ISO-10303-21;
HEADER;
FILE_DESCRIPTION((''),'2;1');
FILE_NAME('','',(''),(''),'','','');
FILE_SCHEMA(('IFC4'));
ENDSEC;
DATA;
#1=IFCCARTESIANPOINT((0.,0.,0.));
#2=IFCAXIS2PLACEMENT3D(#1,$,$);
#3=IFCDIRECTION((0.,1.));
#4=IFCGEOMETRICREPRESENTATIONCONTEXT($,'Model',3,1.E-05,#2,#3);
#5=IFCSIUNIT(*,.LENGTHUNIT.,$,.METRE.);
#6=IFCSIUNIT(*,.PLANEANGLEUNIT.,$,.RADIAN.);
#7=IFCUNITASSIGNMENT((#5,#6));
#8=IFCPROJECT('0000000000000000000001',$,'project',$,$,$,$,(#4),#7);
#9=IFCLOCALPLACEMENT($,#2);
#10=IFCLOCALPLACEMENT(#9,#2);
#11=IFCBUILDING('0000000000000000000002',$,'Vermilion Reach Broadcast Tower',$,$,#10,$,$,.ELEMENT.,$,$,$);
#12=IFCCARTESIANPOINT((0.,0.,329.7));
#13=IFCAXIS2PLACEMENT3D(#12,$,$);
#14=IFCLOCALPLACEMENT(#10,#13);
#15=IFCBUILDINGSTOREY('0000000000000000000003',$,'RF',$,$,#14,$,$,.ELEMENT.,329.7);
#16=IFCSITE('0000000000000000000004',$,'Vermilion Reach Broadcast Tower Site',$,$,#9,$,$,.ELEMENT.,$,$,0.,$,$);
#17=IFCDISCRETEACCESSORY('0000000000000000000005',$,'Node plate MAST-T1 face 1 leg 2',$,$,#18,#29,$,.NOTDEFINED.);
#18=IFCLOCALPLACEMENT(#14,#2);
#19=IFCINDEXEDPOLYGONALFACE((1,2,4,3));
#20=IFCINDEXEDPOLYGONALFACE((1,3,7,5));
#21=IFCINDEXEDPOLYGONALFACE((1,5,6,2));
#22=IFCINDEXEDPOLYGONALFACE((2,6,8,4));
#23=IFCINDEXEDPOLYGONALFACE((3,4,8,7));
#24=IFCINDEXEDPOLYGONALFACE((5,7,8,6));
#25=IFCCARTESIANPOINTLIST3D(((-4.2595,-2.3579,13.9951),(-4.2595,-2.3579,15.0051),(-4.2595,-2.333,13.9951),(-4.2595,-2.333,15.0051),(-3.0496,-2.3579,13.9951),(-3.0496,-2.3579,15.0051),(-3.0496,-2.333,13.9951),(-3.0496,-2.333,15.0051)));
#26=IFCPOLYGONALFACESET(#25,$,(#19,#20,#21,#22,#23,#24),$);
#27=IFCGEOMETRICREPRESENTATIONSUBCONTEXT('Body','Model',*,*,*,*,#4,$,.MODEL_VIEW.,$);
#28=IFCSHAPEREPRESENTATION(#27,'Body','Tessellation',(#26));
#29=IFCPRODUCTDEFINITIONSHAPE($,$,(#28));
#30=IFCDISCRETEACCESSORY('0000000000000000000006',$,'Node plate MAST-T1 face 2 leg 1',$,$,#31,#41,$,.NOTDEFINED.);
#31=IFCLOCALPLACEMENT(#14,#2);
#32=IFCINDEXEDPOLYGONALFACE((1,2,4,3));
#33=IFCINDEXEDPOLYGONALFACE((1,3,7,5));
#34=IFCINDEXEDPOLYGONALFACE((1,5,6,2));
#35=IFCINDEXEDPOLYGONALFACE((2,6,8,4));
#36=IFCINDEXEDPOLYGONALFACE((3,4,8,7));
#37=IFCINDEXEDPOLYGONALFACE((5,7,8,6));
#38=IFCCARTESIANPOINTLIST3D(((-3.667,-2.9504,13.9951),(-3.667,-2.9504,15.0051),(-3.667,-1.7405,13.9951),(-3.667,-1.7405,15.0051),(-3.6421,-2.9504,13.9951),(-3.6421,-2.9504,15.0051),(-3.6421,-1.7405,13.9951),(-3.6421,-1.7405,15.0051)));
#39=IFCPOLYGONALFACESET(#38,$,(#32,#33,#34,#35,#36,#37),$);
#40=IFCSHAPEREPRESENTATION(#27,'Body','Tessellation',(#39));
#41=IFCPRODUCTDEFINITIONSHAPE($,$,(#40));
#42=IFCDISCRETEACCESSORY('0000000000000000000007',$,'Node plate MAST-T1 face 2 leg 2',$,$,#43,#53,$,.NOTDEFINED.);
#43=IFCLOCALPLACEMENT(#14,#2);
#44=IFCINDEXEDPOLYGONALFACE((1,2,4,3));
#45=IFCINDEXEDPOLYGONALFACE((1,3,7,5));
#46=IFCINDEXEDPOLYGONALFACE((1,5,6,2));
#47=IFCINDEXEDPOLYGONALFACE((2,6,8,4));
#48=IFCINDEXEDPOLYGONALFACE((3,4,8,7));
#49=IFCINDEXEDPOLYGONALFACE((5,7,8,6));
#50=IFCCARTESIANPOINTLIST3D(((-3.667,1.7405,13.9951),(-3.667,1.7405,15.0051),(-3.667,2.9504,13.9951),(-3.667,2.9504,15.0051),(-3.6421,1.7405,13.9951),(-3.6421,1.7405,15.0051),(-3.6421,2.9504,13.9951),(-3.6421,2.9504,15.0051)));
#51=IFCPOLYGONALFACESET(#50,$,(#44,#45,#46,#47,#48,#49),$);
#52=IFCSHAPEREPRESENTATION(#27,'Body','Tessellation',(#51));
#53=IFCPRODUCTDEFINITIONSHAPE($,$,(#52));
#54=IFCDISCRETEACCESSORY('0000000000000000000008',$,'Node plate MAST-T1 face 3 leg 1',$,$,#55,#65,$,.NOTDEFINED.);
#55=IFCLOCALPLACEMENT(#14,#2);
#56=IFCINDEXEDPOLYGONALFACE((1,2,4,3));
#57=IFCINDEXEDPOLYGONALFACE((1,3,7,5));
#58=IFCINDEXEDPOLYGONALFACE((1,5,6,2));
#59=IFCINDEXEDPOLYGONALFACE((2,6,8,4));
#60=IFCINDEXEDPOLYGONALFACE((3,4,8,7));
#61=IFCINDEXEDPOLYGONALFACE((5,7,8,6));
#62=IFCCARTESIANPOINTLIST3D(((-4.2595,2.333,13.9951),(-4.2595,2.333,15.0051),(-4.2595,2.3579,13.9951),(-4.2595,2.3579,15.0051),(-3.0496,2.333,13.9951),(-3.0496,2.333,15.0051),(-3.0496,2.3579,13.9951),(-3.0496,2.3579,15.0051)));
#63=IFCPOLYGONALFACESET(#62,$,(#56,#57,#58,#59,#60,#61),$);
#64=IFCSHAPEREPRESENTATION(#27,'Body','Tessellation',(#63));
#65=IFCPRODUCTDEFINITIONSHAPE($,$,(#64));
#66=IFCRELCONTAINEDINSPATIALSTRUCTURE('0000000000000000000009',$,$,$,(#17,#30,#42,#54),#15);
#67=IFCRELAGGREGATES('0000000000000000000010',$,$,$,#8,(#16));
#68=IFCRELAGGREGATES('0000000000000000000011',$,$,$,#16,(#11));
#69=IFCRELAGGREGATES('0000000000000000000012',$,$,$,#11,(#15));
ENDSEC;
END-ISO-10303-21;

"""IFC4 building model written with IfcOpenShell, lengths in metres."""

from ifc_helpers import new_model, si_unit, direction, frame, origin, origin_2d, place, context, subcontext, project, spatial, rectangle, extrude, element, save


model = new_model("IFC4")

# Units and contexts
model_context = context("Model", 3, precision=1e-05, world=origin(), true_north=direction((0.0, 1.0)))
body_context = subcontext(model_context, "Body", "Model", "MODEL_VIEW")
ifc_project = project(units=[si_unit("LENGTHUNIT", "METRE"), si_unit("PLANEANGLEUNIT", "RADIAN")], contexts=[model_context])

# Site, building, storey
site_placement = place(None, origin())
site = spatial("IfcSite", under=ifc_project, at=site_placement, Name="Vermilion Reach Broadcast Tower Site", CompositionType="ELEMENT", RefElevation=0.0)
building_placement = place(site_placement, origin())
building = spatial("IfcBuilding", under=site, at=building_placement, Name="Vermilion Reach Broadcast Tower", CompositionType="ELEMENT")
storey_placement = place(building_placement, frame((0.0, 0.0, 329.7)))
storey = spatial("IfcBuildingStorey", under=building, at=storey_placement, Name="RF", CompositionType="ELEMENT", Elevation=329.7)

# Discrete accessories
for number, where, z_axis, x_axis, name in (
    (1, (-3.6545, -2.3455, 13.9951), (0.0, 0.0, 1.0), (0.0, 1.0, 0.0), "Node plate MAST-T1 face 1 leg 2"),
    (2, (-3.6545, -2.3455, 13.9951), (0.0, 0.0, 1.0), (-1.0, 0.0, 0.0), "Node plate MAST-T1 face 2 leg 1"),
    (3, (-3.6545, 2.3455, 13.9951), (0.0, 0.0, 1.0), (-1.0, 0.0, 0.0), "Node plate MAST-T1 face 2 leg 2"),
    (4, (-3.6545, 2.3455, 13.9951), (0.0, 0.0, 1.0), (0.0, -1.0, 0.0), "Node plate MAST-T1 face 3 leg 1"),
):
    element("IfcDiscreteAccessory", number, at=place(storey_placement, frame(where, z_axis=z_axis, x_axis=x_axis)), inside=storey, Name=name, PredefinedType="NOTDEFINED", context=body_context, shape_type="SweptSolid", body=[
        extrude(rectangle(XDim=0.0249, YDim=1.21, at=origin_2d()), origin(), (0.0, 0.0, 1.0), 1.01),
    ])

save(model, "model.ifc")
